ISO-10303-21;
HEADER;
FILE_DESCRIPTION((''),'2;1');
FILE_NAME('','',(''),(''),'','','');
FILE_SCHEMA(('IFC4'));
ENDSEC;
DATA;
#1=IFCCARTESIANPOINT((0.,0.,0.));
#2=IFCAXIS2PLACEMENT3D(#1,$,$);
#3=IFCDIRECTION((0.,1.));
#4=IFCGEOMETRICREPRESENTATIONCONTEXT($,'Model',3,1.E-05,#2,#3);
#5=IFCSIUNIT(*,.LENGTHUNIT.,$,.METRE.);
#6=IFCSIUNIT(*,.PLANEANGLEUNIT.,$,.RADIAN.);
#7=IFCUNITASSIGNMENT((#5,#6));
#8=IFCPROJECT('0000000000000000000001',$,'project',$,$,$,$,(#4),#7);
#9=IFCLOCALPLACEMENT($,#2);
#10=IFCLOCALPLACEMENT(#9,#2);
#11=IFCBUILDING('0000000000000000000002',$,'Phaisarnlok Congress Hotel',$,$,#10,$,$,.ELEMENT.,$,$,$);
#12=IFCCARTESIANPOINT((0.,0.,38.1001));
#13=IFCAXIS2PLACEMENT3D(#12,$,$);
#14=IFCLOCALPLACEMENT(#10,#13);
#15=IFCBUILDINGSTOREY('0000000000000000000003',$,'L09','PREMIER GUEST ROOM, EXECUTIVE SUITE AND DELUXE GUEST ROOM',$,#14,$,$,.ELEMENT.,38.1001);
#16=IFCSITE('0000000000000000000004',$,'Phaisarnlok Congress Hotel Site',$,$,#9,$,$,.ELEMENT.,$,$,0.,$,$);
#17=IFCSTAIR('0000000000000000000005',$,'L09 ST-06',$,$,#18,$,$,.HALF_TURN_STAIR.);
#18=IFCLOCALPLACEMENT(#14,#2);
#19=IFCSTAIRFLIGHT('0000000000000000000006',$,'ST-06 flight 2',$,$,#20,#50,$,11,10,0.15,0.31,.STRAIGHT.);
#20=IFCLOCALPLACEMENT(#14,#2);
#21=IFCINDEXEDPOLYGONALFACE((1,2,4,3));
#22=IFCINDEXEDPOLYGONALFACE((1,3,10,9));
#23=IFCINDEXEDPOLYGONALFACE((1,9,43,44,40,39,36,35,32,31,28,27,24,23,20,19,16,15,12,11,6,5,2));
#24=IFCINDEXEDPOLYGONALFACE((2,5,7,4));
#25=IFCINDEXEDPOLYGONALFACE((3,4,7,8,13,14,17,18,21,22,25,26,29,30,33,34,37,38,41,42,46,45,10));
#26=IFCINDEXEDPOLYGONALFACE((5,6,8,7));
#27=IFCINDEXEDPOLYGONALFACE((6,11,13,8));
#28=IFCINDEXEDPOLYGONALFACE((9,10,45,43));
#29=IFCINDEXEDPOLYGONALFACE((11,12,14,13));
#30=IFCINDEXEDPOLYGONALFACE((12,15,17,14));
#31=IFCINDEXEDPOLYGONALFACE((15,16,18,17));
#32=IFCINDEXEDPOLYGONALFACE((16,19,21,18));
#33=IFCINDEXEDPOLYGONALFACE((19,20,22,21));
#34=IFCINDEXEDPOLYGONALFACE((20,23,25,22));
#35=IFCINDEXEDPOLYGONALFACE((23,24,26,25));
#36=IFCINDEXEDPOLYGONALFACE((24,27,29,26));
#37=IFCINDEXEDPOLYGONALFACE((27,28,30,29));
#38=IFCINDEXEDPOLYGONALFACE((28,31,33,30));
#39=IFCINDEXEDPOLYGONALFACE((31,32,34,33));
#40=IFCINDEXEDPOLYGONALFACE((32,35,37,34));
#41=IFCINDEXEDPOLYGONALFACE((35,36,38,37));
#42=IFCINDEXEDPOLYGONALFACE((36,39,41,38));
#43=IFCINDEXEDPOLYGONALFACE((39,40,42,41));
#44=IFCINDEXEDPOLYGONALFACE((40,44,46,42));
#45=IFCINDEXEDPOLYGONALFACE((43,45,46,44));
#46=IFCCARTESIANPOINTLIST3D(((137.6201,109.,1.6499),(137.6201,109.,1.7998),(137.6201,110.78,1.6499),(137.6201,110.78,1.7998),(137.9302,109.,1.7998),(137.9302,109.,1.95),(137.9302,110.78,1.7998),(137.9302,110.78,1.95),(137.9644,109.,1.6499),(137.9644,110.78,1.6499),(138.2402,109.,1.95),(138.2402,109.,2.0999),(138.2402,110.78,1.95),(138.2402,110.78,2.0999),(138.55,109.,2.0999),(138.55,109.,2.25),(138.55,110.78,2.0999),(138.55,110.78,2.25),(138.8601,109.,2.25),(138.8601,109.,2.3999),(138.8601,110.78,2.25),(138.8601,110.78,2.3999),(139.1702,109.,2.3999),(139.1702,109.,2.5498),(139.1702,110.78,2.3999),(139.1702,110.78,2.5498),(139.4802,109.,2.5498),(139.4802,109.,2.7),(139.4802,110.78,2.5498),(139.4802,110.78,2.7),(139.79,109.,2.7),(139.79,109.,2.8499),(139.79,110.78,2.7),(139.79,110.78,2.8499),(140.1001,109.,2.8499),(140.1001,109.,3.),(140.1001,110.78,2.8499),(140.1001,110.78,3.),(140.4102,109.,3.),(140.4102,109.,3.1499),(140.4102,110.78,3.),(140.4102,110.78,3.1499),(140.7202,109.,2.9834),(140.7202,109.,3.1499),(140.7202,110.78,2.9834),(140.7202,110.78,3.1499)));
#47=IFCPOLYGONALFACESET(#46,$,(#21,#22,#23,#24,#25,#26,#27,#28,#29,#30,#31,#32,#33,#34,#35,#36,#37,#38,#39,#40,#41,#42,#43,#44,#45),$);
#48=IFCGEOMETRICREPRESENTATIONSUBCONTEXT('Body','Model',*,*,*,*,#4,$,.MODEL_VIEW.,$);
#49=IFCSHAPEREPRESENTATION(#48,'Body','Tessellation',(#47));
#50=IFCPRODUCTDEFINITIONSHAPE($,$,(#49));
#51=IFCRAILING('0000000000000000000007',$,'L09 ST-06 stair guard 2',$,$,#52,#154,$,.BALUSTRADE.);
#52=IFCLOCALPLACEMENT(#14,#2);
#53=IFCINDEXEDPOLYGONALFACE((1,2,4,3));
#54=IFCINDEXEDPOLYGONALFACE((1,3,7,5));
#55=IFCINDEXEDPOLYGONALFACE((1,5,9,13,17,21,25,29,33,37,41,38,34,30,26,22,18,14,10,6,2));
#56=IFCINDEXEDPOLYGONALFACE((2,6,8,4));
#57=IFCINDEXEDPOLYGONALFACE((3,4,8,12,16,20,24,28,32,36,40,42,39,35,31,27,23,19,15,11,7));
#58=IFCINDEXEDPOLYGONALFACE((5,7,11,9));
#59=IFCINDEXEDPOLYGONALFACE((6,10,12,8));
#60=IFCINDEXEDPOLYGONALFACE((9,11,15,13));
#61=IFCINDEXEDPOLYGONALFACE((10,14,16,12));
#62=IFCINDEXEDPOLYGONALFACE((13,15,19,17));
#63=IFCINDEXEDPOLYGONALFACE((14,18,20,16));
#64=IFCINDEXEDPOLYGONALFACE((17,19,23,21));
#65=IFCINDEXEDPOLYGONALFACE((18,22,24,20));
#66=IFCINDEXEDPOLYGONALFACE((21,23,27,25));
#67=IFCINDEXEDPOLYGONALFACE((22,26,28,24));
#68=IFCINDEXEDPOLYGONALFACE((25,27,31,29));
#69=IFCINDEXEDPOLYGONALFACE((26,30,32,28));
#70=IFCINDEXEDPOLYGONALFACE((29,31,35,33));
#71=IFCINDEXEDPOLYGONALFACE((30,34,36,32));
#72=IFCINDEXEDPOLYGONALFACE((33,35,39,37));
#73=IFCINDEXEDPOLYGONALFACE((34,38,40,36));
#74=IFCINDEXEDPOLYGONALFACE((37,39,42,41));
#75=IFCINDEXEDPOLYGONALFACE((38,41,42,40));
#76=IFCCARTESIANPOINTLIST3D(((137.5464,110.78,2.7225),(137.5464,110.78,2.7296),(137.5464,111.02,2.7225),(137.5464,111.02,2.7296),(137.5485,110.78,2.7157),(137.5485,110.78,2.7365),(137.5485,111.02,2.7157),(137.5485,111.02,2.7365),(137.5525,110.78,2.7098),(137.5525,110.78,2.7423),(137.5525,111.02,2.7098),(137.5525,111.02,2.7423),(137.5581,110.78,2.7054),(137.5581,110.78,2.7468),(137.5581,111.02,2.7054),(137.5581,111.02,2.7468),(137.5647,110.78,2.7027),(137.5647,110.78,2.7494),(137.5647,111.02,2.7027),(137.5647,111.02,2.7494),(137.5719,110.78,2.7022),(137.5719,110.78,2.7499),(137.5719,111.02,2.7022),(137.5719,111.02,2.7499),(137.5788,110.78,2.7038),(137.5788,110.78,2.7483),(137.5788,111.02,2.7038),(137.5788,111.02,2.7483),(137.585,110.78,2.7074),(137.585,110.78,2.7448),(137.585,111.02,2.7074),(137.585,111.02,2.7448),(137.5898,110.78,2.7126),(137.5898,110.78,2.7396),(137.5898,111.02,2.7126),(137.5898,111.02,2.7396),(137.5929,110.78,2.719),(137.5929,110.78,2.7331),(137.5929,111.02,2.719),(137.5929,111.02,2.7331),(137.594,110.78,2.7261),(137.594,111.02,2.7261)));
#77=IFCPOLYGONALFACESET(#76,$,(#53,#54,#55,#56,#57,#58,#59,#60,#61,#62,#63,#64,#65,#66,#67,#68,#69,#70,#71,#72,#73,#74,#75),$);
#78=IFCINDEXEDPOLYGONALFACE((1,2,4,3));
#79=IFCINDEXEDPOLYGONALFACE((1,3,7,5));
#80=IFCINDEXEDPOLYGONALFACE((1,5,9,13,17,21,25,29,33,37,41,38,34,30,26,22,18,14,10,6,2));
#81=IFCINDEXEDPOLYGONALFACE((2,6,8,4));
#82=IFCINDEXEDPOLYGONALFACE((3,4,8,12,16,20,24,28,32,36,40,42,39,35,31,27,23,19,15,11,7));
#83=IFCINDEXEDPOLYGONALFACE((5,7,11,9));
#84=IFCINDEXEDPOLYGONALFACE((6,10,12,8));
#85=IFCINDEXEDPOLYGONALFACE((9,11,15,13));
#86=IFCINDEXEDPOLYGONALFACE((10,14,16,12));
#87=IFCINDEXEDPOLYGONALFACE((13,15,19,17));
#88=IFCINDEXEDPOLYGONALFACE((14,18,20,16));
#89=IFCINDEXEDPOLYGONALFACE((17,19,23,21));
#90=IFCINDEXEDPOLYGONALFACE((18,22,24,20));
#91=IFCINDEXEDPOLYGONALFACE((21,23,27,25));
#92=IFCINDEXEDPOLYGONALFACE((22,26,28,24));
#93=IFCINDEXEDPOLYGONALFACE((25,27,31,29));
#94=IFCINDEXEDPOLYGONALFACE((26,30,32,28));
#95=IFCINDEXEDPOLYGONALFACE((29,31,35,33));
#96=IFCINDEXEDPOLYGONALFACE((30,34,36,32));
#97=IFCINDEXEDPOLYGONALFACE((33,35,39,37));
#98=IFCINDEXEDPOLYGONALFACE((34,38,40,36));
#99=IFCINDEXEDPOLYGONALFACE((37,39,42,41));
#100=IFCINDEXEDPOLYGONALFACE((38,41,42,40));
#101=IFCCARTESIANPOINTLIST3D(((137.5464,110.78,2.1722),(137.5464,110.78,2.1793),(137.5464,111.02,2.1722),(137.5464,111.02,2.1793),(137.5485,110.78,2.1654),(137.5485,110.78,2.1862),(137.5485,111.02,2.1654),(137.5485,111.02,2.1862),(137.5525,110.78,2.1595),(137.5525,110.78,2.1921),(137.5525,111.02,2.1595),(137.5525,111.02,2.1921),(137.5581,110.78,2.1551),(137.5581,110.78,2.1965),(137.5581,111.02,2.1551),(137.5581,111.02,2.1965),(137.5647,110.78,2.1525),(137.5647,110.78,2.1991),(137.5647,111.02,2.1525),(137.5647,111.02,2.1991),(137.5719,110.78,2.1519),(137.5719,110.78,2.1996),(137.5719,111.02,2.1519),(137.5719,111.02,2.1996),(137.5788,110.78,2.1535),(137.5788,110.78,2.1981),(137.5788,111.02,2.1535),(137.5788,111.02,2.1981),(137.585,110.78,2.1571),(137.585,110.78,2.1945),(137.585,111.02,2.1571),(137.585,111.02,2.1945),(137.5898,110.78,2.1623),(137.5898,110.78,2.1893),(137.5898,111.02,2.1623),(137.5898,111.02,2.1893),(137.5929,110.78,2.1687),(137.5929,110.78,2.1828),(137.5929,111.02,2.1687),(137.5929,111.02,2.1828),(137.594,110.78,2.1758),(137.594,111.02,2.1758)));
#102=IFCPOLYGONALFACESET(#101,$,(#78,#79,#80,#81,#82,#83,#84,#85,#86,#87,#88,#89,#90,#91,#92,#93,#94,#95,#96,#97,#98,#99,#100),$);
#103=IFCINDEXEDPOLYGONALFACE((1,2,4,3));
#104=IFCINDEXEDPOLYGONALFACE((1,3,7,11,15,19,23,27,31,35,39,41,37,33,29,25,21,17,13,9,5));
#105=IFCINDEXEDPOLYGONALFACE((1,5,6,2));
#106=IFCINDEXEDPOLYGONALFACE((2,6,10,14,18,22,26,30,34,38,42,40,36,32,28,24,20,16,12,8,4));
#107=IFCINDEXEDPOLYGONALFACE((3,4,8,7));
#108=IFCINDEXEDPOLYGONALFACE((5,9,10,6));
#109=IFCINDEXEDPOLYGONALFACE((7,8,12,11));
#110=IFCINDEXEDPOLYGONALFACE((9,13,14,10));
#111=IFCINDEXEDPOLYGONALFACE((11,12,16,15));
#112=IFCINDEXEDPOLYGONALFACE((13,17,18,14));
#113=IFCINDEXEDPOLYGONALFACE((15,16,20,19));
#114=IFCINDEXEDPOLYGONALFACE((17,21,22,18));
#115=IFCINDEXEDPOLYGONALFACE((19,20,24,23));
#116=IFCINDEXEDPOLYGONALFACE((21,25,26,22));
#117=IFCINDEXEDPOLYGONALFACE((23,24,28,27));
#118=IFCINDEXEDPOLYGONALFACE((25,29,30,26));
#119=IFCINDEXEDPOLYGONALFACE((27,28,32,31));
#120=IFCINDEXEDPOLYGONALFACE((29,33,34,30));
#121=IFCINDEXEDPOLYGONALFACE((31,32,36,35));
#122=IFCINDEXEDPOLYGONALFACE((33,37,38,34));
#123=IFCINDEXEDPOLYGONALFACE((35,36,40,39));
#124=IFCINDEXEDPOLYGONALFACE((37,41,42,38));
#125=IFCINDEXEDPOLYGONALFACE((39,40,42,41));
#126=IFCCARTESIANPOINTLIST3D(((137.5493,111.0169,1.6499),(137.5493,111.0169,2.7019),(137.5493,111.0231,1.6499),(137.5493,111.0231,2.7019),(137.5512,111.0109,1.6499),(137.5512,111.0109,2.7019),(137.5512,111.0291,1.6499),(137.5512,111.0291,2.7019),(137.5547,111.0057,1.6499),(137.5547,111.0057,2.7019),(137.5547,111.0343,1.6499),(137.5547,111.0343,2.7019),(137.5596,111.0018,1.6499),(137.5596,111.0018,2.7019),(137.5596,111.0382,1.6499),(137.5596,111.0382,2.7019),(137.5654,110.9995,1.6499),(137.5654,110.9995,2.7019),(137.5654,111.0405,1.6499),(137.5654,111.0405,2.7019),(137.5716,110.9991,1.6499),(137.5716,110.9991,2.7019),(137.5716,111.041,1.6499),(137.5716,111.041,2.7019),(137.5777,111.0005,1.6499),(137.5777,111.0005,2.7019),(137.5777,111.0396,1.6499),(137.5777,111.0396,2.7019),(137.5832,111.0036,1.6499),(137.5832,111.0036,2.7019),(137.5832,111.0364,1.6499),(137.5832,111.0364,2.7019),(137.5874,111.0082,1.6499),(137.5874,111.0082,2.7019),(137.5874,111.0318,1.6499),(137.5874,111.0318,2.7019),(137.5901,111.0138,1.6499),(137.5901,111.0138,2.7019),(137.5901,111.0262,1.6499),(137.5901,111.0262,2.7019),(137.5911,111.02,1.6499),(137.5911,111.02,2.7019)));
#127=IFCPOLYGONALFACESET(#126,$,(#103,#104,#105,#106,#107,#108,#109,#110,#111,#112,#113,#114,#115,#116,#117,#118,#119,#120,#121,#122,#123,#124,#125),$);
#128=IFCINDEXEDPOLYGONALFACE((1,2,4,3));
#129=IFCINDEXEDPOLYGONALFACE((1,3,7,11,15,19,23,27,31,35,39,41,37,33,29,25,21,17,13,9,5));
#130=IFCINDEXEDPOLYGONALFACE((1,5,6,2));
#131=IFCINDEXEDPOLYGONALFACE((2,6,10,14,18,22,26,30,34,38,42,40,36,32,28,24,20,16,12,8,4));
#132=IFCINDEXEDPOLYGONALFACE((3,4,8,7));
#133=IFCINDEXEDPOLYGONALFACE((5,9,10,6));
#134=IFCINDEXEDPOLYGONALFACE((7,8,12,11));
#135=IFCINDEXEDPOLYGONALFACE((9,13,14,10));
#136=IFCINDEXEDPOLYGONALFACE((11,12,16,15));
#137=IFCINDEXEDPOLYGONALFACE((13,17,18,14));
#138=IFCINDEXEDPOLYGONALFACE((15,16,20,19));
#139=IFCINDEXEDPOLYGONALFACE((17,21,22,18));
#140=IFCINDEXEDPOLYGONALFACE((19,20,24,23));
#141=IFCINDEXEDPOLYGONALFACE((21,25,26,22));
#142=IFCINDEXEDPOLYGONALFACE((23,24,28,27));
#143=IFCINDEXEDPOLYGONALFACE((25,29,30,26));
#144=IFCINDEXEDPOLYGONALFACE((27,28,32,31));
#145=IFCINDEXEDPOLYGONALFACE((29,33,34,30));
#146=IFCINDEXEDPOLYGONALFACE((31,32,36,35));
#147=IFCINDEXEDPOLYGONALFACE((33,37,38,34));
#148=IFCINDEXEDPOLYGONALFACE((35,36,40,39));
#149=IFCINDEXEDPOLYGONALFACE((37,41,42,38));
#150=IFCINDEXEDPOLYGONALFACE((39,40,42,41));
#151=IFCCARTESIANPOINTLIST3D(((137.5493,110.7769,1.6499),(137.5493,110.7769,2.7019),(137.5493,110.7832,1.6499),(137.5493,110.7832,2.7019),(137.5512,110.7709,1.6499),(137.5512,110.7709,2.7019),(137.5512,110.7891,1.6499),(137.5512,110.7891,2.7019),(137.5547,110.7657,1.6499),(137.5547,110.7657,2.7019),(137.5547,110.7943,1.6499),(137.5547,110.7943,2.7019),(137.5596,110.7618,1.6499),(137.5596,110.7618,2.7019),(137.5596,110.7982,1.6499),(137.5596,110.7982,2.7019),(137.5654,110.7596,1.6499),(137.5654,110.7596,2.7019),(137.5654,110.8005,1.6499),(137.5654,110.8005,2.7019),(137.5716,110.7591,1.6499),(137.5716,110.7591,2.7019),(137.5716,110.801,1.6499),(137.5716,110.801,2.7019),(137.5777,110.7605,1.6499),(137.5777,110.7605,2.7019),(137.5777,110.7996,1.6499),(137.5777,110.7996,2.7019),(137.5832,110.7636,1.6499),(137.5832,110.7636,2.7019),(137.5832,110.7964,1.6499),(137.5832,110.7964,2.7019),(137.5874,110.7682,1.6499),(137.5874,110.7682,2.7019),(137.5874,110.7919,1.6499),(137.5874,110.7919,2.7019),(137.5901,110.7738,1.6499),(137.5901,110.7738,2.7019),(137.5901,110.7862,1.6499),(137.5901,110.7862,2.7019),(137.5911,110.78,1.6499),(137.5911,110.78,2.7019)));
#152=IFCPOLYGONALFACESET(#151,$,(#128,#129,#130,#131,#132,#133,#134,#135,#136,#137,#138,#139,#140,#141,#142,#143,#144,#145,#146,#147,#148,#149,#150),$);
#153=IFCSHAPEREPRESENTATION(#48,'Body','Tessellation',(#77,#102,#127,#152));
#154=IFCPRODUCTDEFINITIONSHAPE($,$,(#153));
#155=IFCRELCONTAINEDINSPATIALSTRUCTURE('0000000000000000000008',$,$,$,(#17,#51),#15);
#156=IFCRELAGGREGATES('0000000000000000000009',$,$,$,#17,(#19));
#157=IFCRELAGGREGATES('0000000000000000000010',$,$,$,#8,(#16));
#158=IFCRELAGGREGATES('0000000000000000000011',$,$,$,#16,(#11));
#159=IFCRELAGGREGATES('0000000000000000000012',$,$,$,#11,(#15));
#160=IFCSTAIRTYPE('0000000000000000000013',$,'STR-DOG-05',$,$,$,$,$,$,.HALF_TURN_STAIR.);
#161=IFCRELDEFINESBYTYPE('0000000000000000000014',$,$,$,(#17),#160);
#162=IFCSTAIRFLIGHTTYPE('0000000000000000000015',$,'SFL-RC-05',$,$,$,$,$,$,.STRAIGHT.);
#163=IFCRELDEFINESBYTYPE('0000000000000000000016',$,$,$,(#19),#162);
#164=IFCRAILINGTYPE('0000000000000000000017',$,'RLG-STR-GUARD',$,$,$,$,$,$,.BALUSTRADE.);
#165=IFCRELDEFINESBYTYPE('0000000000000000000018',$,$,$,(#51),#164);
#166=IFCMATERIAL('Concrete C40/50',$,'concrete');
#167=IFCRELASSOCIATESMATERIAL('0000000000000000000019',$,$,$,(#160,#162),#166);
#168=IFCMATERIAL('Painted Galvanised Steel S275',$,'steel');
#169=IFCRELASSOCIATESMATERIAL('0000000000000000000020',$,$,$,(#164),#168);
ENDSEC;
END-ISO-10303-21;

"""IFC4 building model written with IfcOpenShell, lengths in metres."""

from ifc_helpers import new_model, si_unit, direction, frame, origin, origin_2d, place, context, subcontext, project, spatial, polyline, circle, outline, extrude, material, type_object, element, aggregate, save


model = new_model("IFC4")

# Units and contexts
model_context = context("Model", 3, precision=1e-05, world=origin(), true_north=direction((0.0, 1.0)))
body_context = subcontext(model_context, "Body", "Model", "MODEL_VIEW")
ifc_project = project(units=[si_unit("LENGTHUNIT", "METRE"), si_unit("PLANEANGLEUNIT", "RADIAN")], contexts=[model_context])

# Site, building, storey
site_placement = place(None, origin())
site = spatial("IfcSite", under=ifc_project, at=site_placement, Name="Phaisarnlok Congress Hotel Site", CompositionType="ELEMENT", RefElevation=0.0)
building_placement = place(site_placement, origin())
building = spatial("IfcBuilding", under=site, at=building_placement, Name="Phaisarnlok Congress Hotel", CompositionType="ELEMENT")
storey_placement = place(building_placement, frame((0.0, 0.0, 38.1001)))
storey = spatial("IfcBuildingStorey", under=building, at=storey_placement, Name="L09", Description="PREMIER GUEST ROOM, EXECUTIVE SUITE AND DELUXE GUEST ROOM", CompositionType="ELEMENT", Elevation=38.1001)

# Shared definitions
ifc_material_1 = material(Name="Concrete C40/50", Category="concrete")

# Stair, stair flight
stair_type = type_object("IfcStairType", Name="STR-DOG-05", PredefinedType="HALF_TURN_STAIR", material=ifc_material_1)
stair_placement = place(storey_placement, origin())
stair = element("IfcStair", 1, at=stair_placement, inside=storey, type_object=stair_type, Name="L09 ST-06", PredefinedType="HALF_TURN_STAIR")
stair_flight_type = type_object("IfcStairFlightType", Name="SFL-RC-05", PredefinedType="STRAIGHT", material=ifc_material_1)
stair_flight_placement = place(storey_placement, frame((137.6201, 109.8899, 1.6499), z_axis=(0.0, 0.0, 1.0), x_axis=(1.0, 0.0, 0.0)))
stair_flight = element("IfcStairFlight", 2, at=stair_flight_placement, type_object=stair_flight_type, Name="ST-06 flight 2", NumberOfRisers=11, NumberOfTreads=10, PredefinedType="STRAIGHT", RiserHeight=0.15, TreadLength=0.31, context=body_context, shape_type="SweptSolid", body=[
    extrude(outline(polyline([(0.0, 0.0), (0.0, 0.1499), (0.3101, 0.1499), (0.3101, 0.3), (0.6201, 0.3), (0.6201, 0.45), (0.9299, 0.45), (0.9299, 0.6001), (1.24, 0.6001), (1.24, 0.75), (1.55, 0.75), (1.55, 0.8999), (1.8601, 0.8999), (1.8601, 1.05), (2.1699, 1.05), (2.1699, 1.2), (2.48, 1.2), (2.48, 1.3501), (2.79, 1.3501), (2.79, 1.5), (3.1001, 1.5), (3.1001, 1.6499), (3.1001, 1.3335), (0.3442, 0.0), (0.0, 0.0)])), frame((0.0, 0.8901, 0.0), z_axis=(0.0, -1.0, 0.0), x_axis=(1.0, 0.0, 0.0)), (0.0, 0.0, 1.0), 1.78),
])
aggregate(stair, [stair_flight])

# Railing
ifc_material_2 = material(Name="Painted Galvanised Steel S275", Category="steel")
railing_type_1 = type_object("IfcRailingType", Name="RLG-STR-GUARD", PredefinedType="BALUSTRADE", material=ifc_material_2)
railing_1_placement = place(storey_placement, frame((137.5701, 111.02, 1.6499)))
element("IfcRailing", 3, at=railing_1_placement, inside=storey, type_object=railing_type_1, Name="L09 ST-06 stair guard 2", PredefinedType="BALUSTRADE", context=body_context, shape_type="SweptSolid", body=[
    extrude(circle(Radius=0.0239, at=origin_2d()), frame((0.0, 0.0, 1.0762), z_axis=(0.0, -1.0, 0.0), x_axis=(1.0, 0.0, 0.0)), (0.0, 0.0, 1.0), 0.24),
    extrude(circle(Radius=0.0239, at=origin_2d()), frame((0.0, 0.0, 0.5259), z_axis=(0.0, -1.0, 0.0), x_axis=(1.0, 0.0, 0.0)), (0.0, 0.0, 1.0), 0.24),
    extrude(circle(Radius=0.021, at=origin_2d()), origin(), (0.0, 0.0, 1.0), 1.052),
    extrude(circle(Radius=0.021, at=origin_2d()), frame((0.0, -0.24, 0.0)), (0.0, 0.0, 1.0), 1.052),
])

save(model, "model.ifc")
